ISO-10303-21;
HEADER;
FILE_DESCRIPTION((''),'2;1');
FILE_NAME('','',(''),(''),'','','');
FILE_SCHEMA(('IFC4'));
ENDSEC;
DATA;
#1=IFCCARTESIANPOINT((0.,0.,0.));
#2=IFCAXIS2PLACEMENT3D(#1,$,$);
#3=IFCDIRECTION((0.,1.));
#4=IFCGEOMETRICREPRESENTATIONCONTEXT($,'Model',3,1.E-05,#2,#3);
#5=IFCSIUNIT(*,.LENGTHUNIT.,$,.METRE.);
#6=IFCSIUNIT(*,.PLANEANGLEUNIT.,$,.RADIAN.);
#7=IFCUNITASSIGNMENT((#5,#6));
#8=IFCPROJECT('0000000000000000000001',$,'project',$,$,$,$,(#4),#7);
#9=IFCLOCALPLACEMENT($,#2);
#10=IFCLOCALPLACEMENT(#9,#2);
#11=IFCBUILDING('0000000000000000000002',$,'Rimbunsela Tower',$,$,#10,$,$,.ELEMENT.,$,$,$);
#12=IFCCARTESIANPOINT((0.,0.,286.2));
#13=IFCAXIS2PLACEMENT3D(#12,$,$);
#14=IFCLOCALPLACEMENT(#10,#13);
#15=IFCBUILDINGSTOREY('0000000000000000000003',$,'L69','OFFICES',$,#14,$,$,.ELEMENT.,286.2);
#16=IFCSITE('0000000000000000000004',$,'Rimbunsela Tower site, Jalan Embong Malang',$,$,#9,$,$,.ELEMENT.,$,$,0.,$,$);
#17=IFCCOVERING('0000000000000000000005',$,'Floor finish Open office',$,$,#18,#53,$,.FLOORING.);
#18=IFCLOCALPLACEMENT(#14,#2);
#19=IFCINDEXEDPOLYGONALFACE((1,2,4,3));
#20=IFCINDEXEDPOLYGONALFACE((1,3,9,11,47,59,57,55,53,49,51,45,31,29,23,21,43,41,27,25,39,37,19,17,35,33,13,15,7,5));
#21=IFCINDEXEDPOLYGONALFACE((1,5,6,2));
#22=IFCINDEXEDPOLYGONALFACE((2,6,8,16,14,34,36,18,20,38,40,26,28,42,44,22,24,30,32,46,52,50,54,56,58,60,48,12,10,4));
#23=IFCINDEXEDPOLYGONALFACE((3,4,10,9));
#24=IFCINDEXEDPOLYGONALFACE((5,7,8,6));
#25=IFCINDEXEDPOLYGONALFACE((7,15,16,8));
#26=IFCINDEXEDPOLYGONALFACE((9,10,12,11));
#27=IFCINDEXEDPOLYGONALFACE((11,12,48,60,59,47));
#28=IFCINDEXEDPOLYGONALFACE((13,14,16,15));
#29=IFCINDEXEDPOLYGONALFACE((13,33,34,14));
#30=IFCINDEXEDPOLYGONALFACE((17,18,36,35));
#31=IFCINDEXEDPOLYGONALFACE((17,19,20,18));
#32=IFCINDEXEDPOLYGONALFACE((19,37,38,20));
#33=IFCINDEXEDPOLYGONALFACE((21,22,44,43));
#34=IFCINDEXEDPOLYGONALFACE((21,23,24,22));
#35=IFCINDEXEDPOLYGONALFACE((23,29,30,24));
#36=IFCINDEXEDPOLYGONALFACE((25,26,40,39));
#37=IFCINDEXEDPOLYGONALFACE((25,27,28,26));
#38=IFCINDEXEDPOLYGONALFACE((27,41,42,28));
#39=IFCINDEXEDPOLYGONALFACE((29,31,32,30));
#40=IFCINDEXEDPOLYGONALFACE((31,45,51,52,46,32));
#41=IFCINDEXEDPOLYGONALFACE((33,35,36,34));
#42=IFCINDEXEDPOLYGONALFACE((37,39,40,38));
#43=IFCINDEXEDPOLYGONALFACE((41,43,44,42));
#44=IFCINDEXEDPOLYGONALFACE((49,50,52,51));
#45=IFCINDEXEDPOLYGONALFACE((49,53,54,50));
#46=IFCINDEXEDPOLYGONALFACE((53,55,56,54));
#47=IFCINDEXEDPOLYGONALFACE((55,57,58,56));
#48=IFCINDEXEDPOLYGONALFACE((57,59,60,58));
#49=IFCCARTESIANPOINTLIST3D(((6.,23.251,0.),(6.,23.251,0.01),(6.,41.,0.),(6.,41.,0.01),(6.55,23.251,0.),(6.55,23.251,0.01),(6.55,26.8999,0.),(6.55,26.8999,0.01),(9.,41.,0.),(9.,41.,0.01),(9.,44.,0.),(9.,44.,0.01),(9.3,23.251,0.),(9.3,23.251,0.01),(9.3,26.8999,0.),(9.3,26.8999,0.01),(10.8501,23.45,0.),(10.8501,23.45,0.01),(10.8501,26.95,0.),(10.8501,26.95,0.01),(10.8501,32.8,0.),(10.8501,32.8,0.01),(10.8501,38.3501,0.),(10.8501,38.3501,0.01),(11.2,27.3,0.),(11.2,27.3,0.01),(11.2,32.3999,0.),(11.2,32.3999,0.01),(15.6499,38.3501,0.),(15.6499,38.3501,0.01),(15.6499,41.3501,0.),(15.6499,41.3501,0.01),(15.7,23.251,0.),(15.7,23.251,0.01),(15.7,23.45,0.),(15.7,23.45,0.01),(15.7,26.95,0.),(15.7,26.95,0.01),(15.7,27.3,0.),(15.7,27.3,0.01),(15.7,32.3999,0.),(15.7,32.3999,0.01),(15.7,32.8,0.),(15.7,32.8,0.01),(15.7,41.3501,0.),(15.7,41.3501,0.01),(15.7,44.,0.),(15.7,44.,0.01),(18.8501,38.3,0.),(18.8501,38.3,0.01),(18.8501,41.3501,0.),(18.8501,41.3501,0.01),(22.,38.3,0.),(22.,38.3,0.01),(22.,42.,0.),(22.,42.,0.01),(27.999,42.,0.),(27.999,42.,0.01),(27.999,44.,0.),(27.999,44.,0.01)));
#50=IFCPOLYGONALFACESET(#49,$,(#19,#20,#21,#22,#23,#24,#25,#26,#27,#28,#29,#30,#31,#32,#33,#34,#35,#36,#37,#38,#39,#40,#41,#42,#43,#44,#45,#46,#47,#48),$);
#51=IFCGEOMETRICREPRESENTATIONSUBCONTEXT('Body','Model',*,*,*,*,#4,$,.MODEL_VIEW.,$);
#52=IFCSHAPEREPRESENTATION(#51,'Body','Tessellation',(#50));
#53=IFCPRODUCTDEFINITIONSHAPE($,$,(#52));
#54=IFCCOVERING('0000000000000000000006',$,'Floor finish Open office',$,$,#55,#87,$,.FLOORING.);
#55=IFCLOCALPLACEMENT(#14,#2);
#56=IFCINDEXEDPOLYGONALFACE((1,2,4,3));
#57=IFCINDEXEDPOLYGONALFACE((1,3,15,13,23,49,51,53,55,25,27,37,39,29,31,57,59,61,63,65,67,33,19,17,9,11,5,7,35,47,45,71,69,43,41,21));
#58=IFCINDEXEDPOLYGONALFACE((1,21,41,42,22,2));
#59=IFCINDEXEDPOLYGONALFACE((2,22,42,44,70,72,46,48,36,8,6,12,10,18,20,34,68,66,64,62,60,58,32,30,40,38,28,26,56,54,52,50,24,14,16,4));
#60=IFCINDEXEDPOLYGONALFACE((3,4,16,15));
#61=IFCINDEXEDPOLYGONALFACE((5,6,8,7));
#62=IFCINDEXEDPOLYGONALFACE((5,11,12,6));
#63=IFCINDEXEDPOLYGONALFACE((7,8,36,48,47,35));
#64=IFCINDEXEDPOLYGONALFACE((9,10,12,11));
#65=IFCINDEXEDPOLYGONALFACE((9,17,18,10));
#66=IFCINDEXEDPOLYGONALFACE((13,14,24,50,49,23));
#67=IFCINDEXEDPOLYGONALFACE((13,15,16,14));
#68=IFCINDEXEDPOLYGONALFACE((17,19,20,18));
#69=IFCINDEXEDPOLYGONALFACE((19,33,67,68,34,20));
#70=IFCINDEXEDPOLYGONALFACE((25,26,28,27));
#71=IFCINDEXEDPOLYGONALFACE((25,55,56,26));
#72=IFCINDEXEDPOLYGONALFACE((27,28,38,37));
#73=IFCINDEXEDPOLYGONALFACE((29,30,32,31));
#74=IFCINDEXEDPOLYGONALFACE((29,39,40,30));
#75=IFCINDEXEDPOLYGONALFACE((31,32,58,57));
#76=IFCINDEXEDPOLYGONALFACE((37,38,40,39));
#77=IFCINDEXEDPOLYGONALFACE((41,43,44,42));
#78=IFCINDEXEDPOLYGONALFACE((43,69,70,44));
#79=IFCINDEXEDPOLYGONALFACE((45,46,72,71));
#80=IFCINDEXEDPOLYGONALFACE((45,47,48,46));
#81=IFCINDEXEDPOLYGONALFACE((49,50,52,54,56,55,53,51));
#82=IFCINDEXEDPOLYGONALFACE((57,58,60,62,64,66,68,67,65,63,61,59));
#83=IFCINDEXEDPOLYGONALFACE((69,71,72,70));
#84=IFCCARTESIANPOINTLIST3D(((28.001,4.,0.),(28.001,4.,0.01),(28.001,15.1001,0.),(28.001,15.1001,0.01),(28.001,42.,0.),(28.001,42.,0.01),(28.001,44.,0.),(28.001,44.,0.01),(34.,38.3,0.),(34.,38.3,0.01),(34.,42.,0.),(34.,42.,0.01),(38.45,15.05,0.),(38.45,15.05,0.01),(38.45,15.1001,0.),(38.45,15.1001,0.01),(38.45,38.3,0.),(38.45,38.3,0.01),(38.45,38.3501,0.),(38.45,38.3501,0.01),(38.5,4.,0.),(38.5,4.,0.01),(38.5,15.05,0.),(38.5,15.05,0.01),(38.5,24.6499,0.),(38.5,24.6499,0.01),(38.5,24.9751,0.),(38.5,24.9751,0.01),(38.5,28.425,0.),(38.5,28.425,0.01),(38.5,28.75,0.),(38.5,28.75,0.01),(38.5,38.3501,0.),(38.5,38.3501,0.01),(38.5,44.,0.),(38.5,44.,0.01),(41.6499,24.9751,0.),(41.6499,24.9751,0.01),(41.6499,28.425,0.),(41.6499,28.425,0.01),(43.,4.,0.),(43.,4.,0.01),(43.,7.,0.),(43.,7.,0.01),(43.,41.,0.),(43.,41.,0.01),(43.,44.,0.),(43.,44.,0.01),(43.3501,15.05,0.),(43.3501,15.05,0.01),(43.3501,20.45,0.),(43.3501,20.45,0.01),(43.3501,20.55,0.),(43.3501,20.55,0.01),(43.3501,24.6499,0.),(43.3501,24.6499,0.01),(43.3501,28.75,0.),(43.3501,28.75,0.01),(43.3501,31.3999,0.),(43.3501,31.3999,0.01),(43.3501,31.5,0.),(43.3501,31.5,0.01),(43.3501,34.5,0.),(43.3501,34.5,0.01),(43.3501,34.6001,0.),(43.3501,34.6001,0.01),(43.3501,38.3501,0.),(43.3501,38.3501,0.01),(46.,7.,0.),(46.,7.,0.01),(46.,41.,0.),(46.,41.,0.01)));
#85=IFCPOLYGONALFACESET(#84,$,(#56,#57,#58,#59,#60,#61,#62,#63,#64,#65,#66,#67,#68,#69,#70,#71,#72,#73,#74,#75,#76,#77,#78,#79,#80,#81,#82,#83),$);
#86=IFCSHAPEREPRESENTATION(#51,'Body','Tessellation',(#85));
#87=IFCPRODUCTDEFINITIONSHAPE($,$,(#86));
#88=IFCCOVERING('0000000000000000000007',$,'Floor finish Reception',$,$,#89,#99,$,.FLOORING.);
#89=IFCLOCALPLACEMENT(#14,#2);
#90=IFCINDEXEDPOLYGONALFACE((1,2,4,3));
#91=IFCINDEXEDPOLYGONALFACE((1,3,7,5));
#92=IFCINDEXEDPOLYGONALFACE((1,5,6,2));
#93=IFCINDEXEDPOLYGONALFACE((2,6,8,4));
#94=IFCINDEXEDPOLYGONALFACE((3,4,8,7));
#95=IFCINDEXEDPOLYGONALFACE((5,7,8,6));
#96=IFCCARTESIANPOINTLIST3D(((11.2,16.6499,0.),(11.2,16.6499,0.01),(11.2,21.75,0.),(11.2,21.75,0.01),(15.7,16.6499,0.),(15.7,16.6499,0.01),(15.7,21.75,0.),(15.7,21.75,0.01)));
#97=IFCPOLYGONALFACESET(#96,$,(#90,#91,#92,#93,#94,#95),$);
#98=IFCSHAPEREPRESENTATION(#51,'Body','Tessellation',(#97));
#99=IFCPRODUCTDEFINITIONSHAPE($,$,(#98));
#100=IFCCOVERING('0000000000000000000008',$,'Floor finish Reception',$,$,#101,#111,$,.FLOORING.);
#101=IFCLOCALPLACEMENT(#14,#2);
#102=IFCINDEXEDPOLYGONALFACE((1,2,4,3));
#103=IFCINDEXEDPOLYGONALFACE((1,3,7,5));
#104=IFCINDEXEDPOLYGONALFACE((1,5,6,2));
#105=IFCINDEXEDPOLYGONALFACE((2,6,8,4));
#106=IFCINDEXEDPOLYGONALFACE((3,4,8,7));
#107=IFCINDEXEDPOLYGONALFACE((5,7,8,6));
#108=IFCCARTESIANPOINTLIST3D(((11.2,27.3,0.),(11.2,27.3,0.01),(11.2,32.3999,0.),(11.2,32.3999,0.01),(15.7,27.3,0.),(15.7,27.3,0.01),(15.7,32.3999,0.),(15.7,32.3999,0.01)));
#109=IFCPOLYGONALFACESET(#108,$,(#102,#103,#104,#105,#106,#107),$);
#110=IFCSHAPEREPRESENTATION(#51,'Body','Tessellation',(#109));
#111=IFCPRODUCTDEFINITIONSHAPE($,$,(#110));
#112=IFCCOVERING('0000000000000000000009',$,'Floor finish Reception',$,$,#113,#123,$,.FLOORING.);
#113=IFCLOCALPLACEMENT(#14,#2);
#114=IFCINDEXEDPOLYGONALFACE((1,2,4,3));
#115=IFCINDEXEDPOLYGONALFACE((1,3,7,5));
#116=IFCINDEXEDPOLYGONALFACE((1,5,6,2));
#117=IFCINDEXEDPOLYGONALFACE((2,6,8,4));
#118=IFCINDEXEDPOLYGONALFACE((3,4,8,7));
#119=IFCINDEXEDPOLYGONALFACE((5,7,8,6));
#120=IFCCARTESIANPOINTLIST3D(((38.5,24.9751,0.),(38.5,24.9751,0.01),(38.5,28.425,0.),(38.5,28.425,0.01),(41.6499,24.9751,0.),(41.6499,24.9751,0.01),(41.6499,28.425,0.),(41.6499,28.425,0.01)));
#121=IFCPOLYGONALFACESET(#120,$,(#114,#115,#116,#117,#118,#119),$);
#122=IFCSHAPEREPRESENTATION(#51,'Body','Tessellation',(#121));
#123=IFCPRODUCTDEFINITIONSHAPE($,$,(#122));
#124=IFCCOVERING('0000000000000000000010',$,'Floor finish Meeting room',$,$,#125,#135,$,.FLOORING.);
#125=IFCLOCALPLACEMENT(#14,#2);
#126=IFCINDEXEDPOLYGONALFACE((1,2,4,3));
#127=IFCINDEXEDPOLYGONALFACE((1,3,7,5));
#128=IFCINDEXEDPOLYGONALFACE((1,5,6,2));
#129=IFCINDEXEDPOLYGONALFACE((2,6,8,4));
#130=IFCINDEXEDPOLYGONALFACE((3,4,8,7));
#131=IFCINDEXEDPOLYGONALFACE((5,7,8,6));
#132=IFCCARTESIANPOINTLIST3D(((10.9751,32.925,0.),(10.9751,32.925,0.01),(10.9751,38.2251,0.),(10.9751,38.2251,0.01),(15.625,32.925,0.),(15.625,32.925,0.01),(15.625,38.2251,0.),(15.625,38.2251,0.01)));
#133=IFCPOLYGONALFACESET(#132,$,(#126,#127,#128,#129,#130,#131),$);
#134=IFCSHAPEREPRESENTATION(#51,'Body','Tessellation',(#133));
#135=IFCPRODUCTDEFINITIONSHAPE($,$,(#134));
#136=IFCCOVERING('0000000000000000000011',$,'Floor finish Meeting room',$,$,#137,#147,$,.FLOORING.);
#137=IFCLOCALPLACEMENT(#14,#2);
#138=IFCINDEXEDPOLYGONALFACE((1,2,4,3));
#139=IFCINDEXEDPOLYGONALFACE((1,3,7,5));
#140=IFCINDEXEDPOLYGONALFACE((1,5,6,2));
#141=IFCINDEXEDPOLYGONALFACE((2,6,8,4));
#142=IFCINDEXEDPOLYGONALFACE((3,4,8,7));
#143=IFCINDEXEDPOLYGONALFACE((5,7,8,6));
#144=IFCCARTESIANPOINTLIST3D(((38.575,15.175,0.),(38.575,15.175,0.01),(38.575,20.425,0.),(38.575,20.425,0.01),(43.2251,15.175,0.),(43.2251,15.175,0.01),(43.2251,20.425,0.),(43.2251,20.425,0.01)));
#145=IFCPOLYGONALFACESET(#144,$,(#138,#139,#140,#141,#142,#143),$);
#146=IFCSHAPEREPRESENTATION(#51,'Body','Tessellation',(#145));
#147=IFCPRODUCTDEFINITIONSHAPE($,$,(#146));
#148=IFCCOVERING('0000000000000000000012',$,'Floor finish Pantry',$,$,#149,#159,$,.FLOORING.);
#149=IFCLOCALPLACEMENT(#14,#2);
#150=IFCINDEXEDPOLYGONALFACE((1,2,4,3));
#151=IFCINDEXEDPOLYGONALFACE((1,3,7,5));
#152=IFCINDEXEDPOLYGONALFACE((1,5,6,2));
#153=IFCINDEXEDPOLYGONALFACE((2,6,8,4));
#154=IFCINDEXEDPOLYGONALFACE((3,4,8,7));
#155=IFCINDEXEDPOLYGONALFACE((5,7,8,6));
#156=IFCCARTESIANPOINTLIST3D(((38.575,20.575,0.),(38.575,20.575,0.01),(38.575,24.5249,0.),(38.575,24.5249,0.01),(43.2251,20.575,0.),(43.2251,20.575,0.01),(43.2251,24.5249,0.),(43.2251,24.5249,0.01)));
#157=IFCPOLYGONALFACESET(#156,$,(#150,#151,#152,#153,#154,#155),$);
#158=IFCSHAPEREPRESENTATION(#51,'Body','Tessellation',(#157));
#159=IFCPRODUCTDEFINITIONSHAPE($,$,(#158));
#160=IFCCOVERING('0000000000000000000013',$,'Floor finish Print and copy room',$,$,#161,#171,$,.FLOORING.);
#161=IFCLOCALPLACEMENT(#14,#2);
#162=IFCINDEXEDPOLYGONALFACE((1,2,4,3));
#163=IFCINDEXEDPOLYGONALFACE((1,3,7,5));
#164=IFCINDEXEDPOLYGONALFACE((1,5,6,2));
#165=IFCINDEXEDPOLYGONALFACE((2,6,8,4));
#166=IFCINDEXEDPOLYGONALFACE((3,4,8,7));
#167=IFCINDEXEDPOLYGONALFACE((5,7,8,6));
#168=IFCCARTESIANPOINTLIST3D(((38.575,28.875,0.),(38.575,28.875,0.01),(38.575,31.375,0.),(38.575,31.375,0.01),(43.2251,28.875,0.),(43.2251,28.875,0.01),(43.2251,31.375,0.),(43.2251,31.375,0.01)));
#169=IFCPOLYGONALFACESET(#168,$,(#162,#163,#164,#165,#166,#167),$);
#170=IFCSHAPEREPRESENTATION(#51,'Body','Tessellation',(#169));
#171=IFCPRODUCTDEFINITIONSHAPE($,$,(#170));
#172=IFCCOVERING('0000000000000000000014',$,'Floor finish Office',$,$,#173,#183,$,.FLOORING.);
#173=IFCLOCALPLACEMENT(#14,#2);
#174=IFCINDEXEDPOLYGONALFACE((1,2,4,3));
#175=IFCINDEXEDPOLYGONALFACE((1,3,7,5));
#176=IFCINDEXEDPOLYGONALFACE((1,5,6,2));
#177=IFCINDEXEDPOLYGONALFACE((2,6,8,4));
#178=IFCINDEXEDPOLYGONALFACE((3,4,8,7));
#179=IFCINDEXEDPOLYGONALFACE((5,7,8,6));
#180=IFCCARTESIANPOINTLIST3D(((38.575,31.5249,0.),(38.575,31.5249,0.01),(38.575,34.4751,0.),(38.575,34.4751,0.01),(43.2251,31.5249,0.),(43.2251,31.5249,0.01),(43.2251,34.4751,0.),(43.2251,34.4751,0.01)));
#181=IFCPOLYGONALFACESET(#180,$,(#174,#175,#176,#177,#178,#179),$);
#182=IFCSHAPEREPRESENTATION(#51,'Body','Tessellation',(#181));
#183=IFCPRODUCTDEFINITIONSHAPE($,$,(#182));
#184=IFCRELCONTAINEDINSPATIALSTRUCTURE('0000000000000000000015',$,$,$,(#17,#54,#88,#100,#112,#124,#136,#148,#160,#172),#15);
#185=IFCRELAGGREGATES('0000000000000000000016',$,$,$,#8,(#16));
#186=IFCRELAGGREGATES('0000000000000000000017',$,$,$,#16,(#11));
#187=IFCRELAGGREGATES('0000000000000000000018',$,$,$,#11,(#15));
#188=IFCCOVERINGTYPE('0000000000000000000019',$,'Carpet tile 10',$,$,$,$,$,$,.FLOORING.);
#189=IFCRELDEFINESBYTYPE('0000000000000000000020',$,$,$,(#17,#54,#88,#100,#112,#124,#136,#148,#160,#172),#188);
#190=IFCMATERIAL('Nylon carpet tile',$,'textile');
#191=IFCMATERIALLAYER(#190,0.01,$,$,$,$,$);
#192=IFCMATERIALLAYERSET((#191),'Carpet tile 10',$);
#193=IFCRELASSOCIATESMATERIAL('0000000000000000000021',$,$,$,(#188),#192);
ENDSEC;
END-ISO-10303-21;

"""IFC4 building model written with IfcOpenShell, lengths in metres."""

from ifc_helpers import new_model, si_unit, direction, frame, origin, place, context, subcontext, project, spatial, polyline, outline, extrude, material, layer, layer_set, type_object, element, save


model = new_model("IFC4")

# Units and contexts
model_context = context("Model", 3, precision=1e-05, world=origin(), true_north=direction((0.0, 1.0)))
body_context = subcontext(model_context, "Body", "Model", "MODEL_VIEW")
ifc_project = project(units=[si_unit("LENGTHUNIT", "METRE"), si_unit("PLANEANGLEUNIT", "RADIAN")], contexts=[model_context])

# Site, building, storey
site_placement = place(None, origin())
site = spatial("IfcSite", under=ifc_project, at=site_placement, Name="Rimbunsela Tower site, Jalan Embong Malang", CompositionType="ELEMENT", RefElevation=0.0)
building_placement = place(site_placement, origin())
building = spatial("IfcBuilding", under=site, at=building_placement, Name="Rimbunsela Tower", CompositionType="ELEMENT")
storey_placement = place(building_placement, frame((0.0, 0.0, 286.2)))
storey = spatial("IfcBuildingStorey", under=building, at=storey_placement, Name="L69", Description="OFFICES", CompositionType="ELEMENT", Elevation=286.2)

# Coverings
ifc_material_1 = material(Name="Nylon carpet tile", Category="textile")
ifc_layer_1 = layer(ifc_material_1, 0.01)
ifc_layer_set_1 = layer_set([ifc_layer_1], Name="Carpet tile 10")
covering_type_1 = type_object("IfcCoveringType", Name="Carpet tile 10", PredefinedType="FLOORING", material=ifc_layer_set_1)
covering_1_placement = place(storey_placement, origin())
element("IfcCovering", 1, at=covering_1_placement, inside=storey, type_object=covering_type_1, Name="Floor finish Open office", PredefinedType="FLOORING", context=body_context, shape_type="SweptSolid", body=[
    extrude(outline(polyline([(15.6499, 38.3501), (10.8501, 38.3501), (10.8501, 32.8), (15.7, 32.8), (15.7, 32.3999), (11.2, 32.3999), (11.2, 27.3), (15.7, 27.3), (15.7, 26.95), (10.8501, 26.95), (10.8501, 23.45), (15.7, 23.45), (15.7, 23.251), (9.3, 23.251), (9.3, 26.8999), (6.55, 26.8999), (6.55, 23.251), (6.0, 23.251), (6.0, 41.0), (9.0, 41.0), (9.0, 44.0), (15.7, 44.0), (27.999, 44.0), (27.999, 42.0), (22.0, 42.0), (22.0, 38.3), (18.8501, 38.3), (18.8501, 41.3501), (15.7, 41.3501), (15.6499, 41.3501), (15.6499, 38.3501)])), origin(), (0.0, 0.0, 1.0), 0.01),
])
covering_2_placement = place(storey_placement, origin())
element("IfcCovering", 2, at=covering_2_placement, inside=storey, type_object=covering_type_1, Name="Floor finish Open office", PredefinedType="FLOORING", context=body_context, shape_type="SweptSolid", body=[
    extrude(outline(polyline([(28.001, 15.1001), (38.45, 15.1001), (38.45, 15.05), (38.5, 15.05), (43.3501, 15.05), (43.3501, 20.45), (43.3501, 20.55), (43.3501, 24.6499), (38.5, 24.6499), (38.5, 24.9751), (41.6499, 24.9751), (41.6499, 28.425), (38.5, 28.425), (38.5, 28.75), (43.3501, 28.75), (43.3501, 31.3999), (43.3501, 31.5), (43.3501, 34.5), (43.3501, 34.6001), (43.3501, 38.3501), (38.5, 38.3501), (38.45, 38.3501), (38.45, 38.3), (34.0, 38.3), (34.0, 42.0), (28.001, 42.0), (28.001, 44.0), (38.5, 44.0), (43.0, 44.0), (43.0, 41.0), (46.0, 41.0), (46.0, 7.0), (43.0, 7.0), (43.0, 4.0), (38.5, 4.0), (28.001, 4.0), (28.001, 15.1001)])), origin(), (0.0, 0.0, 1.0), 0.01),
])
covering_3_placement = place(storey_placement, origin())
element("IfcCovering", 3, at=covering_3_placement, inside=storey, type_object=covering_type_1, Name="Floor finish Reception", PredefinedType="FLOORING", context=body_context, shape_type="SweptSolid", body=[
    extrude(outline(polyline([(15.7, 16.6499), (15.7, 21.75), (11.2, 21.75), (11.2, 16.6499), (15.7, 16.6499)])), origin(), (0.0, 0.0, 1.0), 0.01),
])
covering_4_placement = place(storey_placement, origin())
element("IfcCovering", 4, at=covering_4_placement, inside=storey, type_object=covering_type_1, Name="Floor finish Reception", PredefinedType="FLOORING", context=body_context, shape_type="SweptSolid", body=[
    extrude(outline(polyline([(15.7, 27.3), (15.7, 32.3999), (11.2, 32.3999), (11.2, 27.3), (15.7, 27.3)])), origin(), (0.0, 0.0, 1.0), 0.01),
])
covering_5_placement = place(storey_placement, origin())
element("IfcCovering", 5, at=covering_5_placement, inside=storey, type_object=covering_type_1, Name="Floor finish Reception", PredefinedType="FLOORING", context=body_context, shape_type="SweptSolid", body=[
    extrude(outline(polyline([(41.6499, 24.9751), (41.6499, 28.425), (38.5, 28.425), (38.5, 24.9751), (41.6499, 24.9751)])), origin(), (0.0, 0.0, 1.0), 0.01),
])
covering_6_placement = place(storey_placement, origin())
element("IfcCovering", 6, at=covering_6_placement, inside=storey, type_object=covering_type_1, Name="Floor finish Meeting room", PredefinedType="FLOORING", context=body_context, shape_type="SweptSolid", body=[
    extrude(outline(polyline([(15.625, 32.925), (15.625, 38.2251), (10.9751, 38.2251), (10.9751, 32.925), (15.625, 32.925)])), origin(), (0.0, 0.0, 1.0), 0.01),
])
covering_7_placement = place(storey_placement, origin())
element("IfcCovering", 7, at=covering_7_placement, inside=storey, type_object=covering_type_1, Name="Floor finish Meeting room", PredefinedType="FLOORING", context=body_context, shape_type="SweptSolid", body=[
    extrude(outline(polyline([(43.2251, 15.175), (43.2251, 20.425), (38.575, 20.425), (38.575, 15.175), (43.2251, 15.175)])), origin(), (0.0, 0.0, 1.0), 0.01),
])
covering_8_placement = place(storey_placement, origin())
element("IfcCovering", 8, at=covering_8_placement, inside=storey, type_object=covering_type_1, Name="Floor finish Pantry", PredefinedType="FLOORING", context=body_context, shape_type="SweptSolid", body=[
    extrude(outline(polyline([(43.2251, 20.575), (43.2251, 24.5249), (38.575, 24.5249), (38.575, 20.575), (43.2251, 20.575)])), origin(), (0.0, 0.0, 1.0), 0.01),
])
covering_9_placement = place(storey_placement, origin())
element("IfcCovering", 9, at=covering_9_placement, inside=storey, type_object=covering_type_1, Name="Floor finish Print and copy room", PredefinedType="FLOORING", context=body_context, shape_type="SweptSolid", body=[
    extrude(outline(polyline([(43.2251, 28.875), (43.2251, 31.375), (38.575, 31.375), (38.575, 28.875), (43.2251, 28.875)])), origin(), (0.0, 0.0, 1.0), 0.01),
])
covering_10_placement = place(storey_placement, origin())
element("IfcCovering", 10, at=covering_10_placement, inside=storey, type_object=covering_type_1, Name="Floor finish Office", PredefinedType="FLOORING", context=body_context, shape_type="SweptSolid", body=[
    extrude(outline(polyline([(43.2251, 31.5249), (43.2251, 34.4751), (38.575, 34.4751), (38.575, 31.5249), (43.2251, 31.5249)])), origin(), (0.0, 0.0, 1.0), 0.01),
])

save(model, "model.ifc")
